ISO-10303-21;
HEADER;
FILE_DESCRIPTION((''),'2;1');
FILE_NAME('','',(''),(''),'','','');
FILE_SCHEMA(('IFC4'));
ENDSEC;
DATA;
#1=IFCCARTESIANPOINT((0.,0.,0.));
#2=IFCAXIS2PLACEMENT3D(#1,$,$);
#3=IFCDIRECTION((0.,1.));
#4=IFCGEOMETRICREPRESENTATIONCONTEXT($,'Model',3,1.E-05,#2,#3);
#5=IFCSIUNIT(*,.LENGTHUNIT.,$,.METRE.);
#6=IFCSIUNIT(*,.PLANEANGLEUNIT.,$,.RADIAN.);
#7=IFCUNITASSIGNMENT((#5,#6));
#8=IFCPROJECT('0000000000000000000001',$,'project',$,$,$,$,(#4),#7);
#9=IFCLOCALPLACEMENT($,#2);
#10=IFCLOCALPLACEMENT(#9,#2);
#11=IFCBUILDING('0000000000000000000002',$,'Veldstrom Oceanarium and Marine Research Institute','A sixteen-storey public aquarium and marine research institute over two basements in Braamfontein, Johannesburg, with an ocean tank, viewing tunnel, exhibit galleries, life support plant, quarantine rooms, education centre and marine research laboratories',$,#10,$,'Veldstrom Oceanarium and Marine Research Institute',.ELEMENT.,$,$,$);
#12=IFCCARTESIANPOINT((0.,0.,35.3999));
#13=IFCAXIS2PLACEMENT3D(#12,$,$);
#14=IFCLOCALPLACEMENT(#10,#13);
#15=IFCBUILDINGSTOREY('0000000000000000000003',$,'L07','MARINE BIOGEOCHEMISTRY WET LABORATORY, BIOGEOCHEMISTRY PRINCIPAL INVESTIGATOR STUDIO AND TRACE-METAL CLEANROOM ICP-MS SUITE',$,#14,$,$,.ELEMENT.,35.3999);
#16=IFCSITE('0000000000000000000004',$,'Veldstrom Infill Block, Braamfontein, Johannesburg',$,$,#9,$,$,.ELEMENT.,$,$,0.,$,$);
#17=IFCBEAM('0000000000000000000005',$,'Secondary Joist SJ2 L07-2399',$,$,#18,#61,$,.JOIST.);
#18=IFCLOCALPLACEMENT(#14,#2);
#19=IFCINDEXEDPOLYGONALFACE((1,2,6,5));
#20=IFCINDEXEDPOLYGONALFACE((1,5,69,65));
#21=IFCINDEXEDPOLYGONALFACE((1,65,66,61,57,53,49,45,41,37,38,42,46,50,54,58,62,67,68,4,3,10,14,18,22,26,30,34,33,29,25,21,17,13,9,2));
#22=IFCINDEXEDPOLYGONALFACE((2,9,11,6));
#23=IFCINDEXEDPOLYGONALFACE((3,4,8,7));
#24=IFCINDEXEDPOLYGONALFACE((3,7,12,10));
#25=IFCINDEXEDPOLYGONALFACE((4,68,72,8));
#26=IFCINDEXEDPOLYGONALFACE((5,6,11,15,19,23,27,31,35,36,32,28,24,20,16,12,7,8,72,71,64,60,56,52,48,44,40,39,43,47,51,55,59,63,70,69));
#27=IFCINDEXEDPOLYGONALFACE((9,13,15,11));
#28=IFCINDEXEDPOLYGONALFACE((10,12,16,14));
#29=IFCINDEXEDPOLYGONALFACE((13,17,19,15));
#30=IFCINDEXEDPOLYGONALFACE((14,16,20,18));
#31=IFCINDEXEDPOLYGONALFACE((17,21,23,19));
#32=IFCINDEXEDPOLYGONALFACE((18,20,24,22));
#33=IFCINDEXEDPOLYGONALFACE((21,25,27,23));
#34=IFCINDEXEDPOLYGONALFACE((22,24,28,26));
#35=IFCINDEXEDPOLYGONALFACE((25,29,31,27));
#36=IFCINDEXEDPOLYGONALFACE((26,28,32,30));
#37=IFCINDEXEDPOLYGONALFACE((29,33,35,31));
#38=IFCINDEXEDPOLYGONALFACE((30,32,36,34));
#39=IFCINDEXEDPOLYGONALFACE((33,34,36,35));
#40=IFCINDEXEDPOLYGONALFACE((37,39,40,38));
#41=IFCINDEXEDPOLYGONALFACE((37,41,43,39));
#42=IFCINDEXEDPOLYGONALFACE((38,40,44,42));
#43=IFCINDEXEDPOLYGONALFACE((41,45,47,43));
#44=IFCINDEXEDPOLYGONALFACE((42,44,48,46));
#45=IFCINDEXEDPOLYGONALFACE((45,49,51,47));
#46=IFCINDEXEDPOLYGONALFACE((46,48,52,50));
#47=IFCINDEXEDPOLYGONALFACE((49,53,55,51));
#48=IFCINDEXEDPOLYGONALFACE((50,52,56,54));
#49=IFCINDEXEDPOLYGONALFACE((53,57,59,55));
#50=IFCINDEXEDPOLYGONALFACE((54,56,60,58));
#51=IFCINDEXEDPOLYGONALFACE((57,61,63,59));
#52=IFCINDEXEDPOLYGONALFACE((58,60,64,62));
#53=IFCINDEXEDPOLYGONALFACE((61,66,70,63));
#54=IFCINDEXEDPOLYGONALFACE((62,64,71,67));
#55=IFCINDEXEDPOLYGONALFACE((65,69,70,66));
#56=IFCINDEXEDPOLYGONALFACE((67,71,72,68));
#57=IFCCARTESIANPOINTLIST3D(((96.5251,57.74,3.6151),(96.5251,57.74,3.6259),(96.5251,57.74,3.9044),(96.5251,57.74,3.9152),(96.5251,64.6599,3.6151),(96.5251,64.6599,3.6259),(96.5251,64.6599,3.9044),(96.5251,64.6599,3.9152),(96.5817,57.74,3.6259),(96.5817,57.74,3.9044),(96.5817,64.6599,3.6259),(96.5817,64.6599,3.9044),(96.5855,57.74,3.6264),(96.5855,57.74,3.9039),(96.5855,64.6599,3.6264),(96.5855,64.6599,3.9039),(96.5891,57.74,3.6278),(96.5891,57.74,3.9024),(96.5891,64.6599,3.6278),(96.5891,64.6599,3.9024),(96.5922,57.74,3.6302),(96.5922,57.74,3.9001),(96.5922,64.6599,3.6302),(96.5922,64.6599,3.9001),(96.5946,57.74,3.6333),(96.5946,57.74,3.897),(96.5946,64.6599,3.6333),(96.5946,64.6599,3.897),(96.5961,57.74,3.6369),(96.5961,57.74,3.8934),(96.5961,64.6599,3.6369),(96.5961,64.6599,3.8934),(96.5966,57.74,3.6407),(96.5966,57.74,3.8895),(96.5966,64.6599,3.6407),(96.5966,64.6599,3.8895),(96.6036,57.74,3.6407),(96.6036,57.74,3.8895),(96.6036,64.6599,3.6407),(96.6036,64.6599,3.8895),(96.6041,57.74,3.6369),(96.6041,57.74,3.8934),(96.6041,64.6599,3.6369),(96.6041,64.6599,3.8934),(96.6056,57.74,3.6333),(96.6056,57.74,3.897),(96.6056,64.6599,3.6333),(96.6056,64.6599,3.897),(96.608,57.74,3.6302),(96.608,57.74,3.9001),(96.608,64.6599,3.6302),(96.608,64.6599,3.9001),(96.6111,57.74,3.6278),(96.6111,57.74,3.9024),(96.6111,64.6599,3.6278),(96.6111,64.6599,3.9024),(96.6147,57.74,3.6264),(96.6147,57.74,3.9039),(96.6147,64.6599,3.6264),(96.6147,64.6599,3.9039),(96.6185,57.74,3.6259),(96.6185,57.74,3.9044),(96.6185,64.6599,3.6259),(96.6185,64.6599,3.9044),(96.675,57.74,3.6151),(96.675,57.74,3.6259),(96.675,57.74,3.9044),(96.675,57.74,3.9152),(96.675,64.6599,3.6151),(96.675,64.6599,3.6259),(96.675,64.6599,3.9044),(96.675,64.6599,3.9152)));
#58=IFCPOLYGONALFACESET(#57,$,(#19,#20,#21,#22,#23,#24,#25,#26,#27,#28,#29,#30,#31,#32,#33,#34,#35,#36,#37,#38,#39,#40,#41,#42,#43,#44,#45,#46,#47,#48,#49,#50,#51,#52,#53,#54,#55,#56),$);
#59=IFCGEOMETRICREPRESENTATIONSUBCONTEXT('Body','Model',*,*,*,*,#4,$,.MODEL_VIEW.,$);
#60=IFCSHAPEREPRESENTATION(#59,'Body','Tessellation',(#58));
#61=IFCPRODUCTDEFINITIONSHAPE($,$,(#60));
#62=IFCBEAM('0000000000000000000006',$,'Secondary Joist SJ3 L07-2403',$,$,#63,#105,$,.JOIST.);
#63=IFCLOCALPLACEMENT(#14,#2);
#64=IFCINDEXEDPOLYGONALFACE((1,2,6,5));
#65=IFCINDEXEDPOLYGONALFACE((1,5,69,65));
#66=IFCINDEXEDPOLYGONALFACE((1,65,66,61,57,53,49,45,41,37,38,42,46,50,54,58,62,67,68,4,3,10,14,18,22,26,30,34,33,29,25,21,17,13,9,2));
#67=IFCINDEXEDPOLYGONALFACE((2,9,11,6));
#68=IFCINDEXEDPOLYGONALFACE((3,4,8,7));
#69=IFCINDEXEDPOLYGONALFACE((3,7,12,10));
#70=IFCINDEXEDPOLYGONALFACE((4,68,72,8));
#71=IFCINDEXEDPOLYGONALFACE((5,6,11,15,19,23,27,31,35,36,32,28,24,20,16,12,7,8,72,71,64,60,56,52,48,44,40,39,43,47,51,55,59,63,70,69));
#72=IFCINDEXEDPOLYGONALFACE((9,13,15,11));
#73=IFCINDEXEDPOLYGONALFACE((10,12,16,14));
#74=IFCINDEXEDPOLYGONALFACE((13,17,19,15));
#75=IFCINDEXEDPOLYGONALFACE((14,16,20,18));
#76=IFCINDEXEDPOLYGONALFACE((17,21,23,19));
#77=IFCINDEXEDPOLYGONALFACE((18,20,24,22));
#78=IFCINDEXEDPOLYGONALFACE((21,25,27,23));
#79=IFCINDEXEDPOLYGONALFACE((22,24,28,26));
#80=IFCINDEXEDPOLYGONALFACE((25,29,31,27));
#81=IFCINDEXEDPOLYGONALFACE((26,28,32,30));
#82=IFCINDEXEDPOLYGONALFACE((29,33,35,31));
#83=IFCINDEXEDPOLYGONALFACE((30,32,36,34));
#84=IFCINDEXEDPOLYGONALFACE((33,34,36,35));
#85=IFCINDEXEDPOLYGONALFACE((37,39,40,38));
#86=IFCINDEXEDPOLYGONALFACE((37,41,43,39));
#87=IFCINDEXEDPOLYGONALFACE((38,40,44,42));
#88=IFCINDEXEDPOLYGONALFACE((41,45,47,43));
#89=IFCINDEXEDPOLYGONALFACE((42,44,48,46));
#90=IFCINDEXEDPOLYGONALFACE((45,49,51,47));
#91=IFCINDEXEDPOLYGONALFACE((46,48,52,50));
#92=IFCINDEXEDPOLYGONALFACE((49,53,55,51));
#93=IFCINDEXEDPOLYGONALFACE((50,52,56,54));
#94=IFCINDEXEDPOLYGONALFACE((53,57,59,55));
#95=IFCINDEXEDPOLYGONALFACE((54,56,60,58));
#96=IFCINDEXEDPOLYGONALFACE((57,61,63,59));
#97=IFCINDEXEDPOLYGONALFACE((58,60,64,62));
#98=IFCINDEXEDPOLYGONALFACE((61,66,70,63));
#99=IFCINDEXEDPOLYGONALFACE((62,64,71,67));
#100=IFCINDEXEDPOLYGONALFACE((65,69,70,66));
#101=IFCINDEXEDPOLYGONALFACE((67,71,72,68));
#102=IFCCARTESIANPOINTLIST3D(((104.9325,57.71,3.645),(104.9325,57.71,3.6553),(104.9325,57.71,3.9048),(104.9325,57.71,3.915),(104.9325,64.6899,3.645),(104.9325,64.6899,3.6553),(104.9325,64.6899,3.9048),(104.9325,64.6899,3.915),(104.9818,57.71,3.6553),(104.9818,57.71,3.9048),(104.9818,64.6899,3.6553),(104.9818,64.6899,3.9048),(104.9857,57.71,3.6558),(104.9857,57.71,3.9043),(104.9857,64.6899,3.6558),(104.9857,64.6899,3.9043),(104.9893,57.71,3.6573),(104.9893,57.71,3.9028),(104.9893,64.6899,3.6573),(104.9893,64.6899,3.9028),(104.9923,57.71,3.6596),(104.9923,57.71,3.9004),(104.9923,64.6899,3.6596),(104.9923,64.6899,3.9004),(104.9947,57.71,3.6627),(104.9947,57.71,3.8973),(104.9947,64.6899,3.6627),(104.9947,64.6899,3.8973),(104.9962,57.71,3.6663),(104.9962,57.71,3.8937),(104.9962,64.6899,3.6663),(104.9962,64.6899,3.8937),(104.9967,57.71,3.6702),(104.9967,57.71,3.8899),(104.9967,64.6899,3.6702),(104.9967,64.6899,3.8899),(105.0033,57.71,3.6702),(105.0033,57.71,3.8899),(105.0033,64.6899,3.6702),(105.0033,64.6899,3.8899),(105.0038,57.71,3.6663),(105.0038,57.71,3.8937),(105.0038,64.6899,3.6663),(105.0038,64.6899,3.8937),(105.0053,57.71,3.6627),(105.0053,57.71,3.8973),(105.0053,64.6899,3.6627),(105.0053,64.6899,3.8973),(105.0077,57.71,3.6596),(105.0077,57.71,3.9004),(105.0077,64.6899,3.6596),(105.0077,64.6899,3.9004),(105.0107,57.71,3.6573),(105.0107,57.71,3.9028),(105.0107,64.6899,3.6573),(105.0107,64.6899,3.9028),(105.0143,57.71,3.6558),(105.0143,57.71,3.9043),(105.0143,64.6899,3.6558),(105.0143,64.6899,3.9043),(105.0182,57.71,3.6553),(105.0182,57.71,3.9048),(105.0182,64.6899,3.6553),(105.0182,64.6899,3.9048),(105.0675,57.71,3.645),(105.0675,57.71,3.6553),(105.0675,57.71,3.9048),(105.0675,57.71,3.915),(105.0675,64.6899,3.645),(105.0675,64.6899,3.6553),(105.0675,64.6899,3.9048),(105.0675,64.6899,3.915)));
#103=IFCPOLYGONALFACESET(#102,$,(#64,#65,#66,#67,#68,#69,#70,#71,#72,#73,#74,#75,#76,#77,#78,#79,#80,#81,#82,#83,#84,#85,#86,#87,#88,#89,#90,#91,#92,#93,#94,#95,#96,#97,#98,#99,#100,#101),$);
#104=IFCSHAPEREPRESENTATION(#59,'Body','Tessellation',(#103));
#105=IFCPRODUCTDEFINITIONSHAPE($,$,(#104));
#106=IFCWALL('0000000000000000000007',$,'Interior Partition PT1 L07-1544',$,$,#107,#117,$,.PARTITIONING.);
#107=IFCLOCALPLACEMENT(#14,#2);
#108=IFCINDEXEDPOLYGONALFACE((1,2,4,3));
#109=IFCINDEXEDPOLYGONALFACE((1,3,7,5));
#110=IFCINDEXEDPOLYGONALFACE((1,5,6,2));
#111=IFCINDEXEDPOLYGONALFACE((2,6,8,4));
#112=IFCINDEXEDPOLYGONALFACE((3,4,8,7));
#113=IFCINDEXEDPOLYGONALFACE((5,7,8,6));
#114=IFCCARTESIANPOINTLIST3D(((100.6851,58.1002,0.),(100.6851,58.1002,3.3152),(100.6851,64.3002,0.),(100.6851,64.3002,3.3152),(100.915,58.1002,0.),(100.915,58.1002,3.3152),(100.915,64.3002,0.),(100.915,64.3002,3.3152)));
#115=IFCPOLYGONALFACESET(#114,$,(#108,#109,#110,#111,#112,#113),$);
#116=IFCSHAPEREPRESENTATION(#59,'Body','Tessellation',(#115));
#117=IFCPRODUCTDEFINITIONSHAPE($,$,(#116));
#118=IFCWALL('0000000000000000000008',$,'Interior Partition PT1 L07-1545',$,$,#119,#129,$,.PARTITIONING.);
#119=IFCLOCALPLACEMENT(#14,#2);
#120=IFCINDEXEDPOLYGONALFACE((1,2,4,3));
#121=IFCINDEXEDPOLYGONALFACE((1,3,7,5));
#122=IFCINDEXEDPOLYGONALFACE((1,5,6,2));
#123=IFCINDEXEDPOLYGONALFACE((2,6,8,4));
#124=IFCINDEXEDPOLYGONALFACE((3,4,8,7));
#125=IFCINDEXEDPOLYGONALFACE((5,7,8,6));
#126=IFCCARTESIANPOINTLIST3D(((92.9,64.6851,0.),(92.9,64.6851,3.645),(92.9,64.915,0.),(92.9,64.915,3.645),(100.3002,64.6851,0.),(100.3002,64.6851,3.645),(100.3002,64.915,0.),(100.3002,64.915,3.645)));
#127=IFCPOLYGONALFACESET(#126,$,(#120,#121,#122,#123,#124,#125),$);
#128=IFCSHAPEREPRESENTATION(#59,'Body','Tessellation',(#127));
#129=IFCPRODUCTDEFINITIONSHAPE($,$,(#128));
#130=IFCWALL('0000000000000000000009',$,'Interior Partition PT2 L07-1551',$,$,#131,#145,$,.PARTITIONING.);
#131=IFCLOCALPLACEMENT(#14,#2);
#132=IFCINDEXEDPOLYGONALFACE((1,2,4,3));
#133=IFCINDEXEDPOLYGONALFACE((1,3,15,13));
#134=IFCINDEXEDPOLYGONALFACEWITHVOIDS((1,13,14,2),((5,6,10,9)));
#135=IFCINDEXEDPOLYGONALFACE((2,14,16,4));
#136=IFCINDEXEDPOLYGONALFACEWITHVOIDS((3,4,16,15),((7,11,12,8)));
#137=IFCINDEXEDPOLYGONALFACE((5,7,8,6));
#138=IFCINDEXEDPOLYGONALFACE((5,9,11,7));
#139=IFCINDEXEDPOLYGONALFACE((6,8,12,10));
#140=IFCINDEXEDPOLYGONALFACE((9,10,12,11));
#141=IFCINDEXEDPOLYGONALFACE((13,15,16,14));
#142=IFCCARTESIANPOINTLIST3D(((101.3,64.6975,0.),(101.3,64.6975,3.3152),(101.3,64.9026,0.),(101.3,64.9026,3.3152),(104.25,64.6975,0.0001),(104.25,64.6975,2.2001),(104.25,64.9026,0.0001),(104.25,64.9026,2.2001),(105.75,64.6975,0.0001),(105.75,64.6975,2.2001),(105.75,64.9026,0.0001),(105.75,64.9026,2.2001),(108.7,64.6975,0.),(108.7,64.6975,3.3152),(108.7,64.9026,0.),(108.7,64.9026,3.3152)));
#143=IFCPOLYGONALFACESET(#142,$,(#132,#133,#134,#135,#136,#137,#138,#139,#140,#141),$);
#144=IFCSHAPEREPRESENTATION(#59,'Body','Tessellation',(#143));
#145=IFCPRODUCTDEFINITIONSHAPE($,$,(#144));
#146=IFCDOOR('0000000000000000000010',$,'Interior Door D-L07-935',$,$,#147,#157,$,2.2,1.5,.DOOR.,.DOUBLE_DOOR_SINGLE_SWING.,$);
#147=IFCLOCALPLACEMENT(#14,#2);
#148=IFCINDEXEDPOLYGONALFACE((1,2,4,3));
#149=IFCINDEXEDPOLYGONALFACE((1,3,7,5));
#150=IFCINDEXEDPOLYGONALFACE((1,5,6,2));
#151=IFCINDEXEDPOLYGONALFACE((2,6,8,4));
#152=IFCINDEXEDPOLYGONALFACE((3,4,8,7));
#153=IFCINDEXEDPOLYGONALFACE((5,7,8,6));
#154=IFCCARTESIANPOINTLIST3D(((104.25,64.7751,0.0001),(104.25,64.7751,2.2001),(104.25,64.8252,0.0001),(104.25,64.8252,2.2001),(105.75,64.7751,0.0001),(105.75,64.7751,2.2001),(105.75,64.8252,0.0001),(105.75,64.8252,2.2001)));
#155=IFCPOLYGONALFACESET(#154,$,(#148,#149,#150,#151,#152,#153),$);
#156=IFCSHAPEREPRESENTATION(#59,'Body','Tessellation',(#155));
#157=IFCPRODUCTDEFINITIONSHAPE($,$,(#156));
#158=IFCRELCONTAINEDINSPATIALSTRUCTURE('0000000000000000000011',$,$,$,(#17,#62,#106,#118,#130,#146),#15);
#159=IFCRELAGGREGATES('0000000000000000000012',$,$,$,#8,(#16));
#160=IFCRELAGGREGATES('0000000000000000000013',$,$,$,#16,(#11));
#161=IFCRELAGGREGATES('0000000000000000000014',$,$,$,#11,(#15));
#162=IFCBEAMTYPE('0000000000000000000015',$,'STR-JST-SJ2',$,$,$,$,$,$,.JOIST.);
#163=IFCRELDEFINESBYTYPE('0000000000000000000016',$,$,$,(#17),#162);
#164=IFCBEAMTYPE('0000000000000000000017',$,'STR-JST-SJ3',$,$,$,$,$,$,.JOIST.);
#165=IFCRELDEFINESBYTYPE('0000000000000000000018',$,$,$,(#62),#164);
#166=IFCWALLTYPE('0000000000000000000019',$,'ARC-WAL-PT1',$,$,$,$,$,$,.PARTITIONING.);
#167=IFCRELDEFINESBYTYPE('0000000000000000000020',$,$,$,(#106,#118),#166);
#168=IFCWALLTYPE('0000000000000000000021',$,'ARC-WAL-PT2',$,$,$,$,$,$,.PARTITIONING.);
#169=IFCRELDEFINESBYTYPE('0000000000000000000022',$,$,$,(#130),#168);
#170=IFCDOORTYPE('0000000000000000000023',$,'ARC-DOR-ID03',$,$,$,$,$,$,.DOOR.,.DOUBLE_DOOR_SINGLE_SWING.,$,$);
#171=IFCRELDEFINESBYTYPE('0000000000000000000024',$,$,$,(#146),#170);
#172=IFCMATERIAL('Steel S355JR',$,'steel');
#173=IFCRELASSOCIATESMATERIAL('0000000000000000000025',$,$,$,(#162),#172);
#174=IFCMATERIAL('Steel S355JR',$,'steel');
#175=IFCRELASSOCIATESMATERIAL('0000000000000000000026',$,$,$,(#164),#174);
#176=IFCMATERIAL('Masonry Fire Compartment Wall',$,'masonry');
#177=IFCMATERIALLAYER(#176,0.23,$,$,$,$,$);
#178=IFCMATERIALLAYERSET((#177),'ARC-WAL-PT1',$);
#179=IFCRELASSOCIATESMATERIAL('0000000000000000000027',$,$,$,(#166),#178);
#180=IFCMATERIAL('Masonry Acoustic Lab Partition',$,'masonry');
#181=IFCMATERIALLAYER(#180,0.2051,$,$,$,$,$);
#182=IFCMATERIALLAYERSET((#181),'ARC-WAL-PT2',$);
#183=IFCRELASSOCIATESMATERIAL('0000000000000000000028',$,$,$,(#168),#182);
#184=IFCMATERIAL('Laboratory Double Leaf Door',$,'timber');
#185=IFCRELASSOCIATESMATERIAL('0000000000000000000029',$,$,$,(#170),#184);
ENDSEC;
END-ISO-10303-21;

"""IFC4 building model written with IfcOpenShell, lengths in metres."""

from ifc_helpers import new_model, si_unit, direction, frame, frame_2d, origin, origin_2d, place, context, subcontext, project, spatial, rectangle, i_section, extrude, material, layer, layer_set, material_profile, profile_set, type_object, element, fill, save


model = new_model("IFC4")

# Units and contexts
model_context = context("Model", 3, precision=1e-05, world=origin(), true_north=direction((0.0, 1.0)))
body_context = subcontext(model_context, "Body", "Model", "MODEL_VIEW")
ifc_project = project(units=[si_unit("LENGTHUNIT", "METRE"), si_unit("PLANEANGLEUNIT", "RADIAN")], contexts=[model_context])

# Site, building, storey
site_placement = place(None, origin())
site = spatial("IfcSite", under=ifc_project, at=site_placement, Name="Veldstrom Infill Block, Braamfontein, Johannesburg", CompositionType="ELEMENT", RefElevation=0.0)
building_placement = place(site_placement, origin())
building = spatial("IfcBuilding", under=site, at=building_placement, Name="Veldstrom Oceanarium and Marine Research Institute", Description="A sixteen-storey public aquarium and marine research institute over two basements in Braamfontein, Johannesburg, with an ocean tank, viewing tunnel, exhibit galleries, life support plant, quarantine rooms, education centre and marine research laboratories", LongName="Veldstrom Oceanarium and Marine Research Institute", CompositionType="ELEMENT")
storey_placement = place(building_placement, frame((0.0, 0.0, 35.3999)))
storey = spatial("IfcBuildingStorey", under=building, at=storey_placement, Name="L07", Description="MARINE BIOGEOCHEMISTRY WET LABORATORY, BIOGEOCHEMISTRY PRINCIPAL INVESTIGATOR STUDIO AND TRACE-METAL CLEANROOM ICP-MS SUITE", CompositionType="ELEMENT", Elevation=35.3999)

# Beams
ifc_material_1 = material(Name="Steel S355JR", Category="steel")
ifc_material_profile_1 = material_profile(ifc_material_1, i_section(OverallWidth=0.1499, OverallDepth=0.3, WebThickness=0.0071, FlangeThickness=0.0107, FilletRadius=0.0149, at=origin_2d()), Name="IPE 300")
ifc_profile_set_1 = profile_set([ifc_material_profile_1], Name="Steel S355JR")
beam_type_1 = type_object("IfcBeamType", Name="STR-JST-SJ2", PredefinedType="JOIST", material=ifc_profile_set_1)
beam_1_placement = place(storey_placement, frame((96.6001, 57.74, 3.7651), z_axis=(0.0, 1.0, 0.0), x_axis=(-1.0, 0.0, 0.0)))
element("IfcBeam", 1, at=beam_1_placement, inside=storey, type_object=beam_type_1, Name="Secondary Joist SJ2 L07-2399", PredefinedType="JOIST", context=body_context, shape_type="SweptSolid", body=[
    extrude(i_section(OverallWidth=0.1499, OverallDepth=0.3, WebThickness=0.0071, FlangeThickness=0.0107, FilletRadius=0.0149, at=origin_2d()), origin(), (0.0, 0.0, 1.0), 6.9199),
])
ifc_material_2 = material(Name="Steel S355JR", Category="steel")
ifc_material_profile_2 = material_profile(ifc_material_2, i_section(OverallWidth=0.135, OverallDepth=0.27, WebThickness=0.0066, FlangeThickness=0.0103, FilletRadius=0.0149, at=origin_2d()), Name="IPE 270")
ifc_profile_set_2 = profile_set([ifc_material_profile_2], Name="Steel S355JR")
beam_type_2 = type_object("IfcBeamType", Name="STR-JST-SJ3", PredefinedType="JOIST", material=ifc_profile_set_2)
beam_2_placement = place(storey_placement, frame((105.0, 57.71, 3.78), z_axis=(0.0, 1.0, 0.0), x_axis=(-1.0, 0.0, 0.0)))
element("IfcBeam", 2, at=beam_2_placement, inside=storey, type_object=beam_type_2, Name="Secondary Joist SJ3 L07-2403", PredefinedType="JOIST", context=body_context, shape_type="SweptSolid", body=[
    extrude(i_section(OverallWidth=0.135, OverallDepth=0.27, WebThickness=0.0066, FlangeThickness=0.0103, FilletRadius=0.0149, at=origin_2d()), origin(), (0.0, 0.0, 1.0), 6.98),
])

# Shared definitions
ifc_material_3 = material(Name="Masonry Fire Compartment Wall", Category="masonry")
ifc_layer_1 = layer(ifc_material_3, 0.23)
ifc_layer_set_1 = layer_set([ifc_layer_1], Name="ARC-WAL-PT1")
wall_type_1 = type_object("IfcWallType", Name="ARC-WAL-PT1", PredefinedType="PARTITIONING", material=ifc_layer_set_1)

# Walls
wall_1_placement = place(storey_placement, frame((100.8, 58.1001, 0.0), z_axis=(0.0, 0.0, 1.0), x_axis=(0.0, 1.0, 0.0)))
element("IfcWall", 3, at=wall_1_placement, inside=storey, type_object=wall_type_1, Name="Interior Partition PT1 L07-1544", PredefinedType="PARTITIONING", context=body_context, shape_type="SweptSolid", body=[
    extrude(rectangle(XDim=6.2, YDim=0.23, at=frame_2d((3.1001, 0.0))), origin(), (0.0, 0.0, 1.0), 3.3152),
])
wall_2_placement = place(storey_placement, frame((92.8999, 64.8, 0.0), z_axis=(0.0, 0.0, 1.0), x_axis=(1.0, 0.0, 0.0)))
element("IfcWall", 4, at=wall_2_placement, inside=storey, type_object=wall_type_1, Name="Interior Partition PT1 L07-1545", PredefinedType="PARTITIONING", context=body_context, shape_type="SweptSolid", body=[
    extrude(rectangle(XDim=7.4001, YDim=0.23, at=frame_2d((3.7002, 0.0))), origin(), (0.0, 0.0, 1.0), 3.645),
])

# Wall, opening, door
ifc_material_4 = material(Name="Masonry Acoustic Lab Partition", Category="masonry")
ifc_layer_2 = layer(ifc_material_4, 0.2051)
ifc_layer_set_2 = layer_set([ifc_layer_2], Name="ARC-WAL-PT2")
wall_type_2 = type_object("IfcWallType", Name="ARC-WAL-PT2", PredefinedType="PARTITIONING", material=ifc_layer_set_2)
wall_3_placement = place(storey_placement, frame((101.3, 64.8, 0.0), z_axis=(0.0, 0.0, 1.0), x_axis=(1.0, 0.0, 0.0)))
wall_3 = element("IfcWall", 5, at=wall_3_placement, inside=storey, type_object=wall_type_2, Name="Interior Partition PT2 L07-1551", PredefinedType="PARTITIONING", context=body_context, shape_type="SweptSolid", body=[
    extrude(rectangle(XDim=7.3999, YDim=0.2051, at=frame_2d((3.7, 0.0))), origin(), (0.0, 0.0, 1.0), 3.3152),
])
opening_1_placement = place(wall_3_placement, frame((2.95, 0.0, 0.0)))
opening_1 = element("IfcOpeningElement", 6, at=opening_1_placement, cuts=wall_3, PredefinedType="OPENING", context=body_context, shape_type="SweptSolid", body=[
    extrude(rectangle(XDim=1.5, YDim=2.2, at=frame_2d((0.75, 1.1001))), frame((0.0, 0.1125, 0.0), z_axis=(0.0, -1.0, 0.0), x_axis=(1.0, 0.0, 0.0)), (0.0, 0.0, 1.0), 0.2251),
])
ifc_material_5 = material(Name="Laboratory Double Leaf Door", Category="timber")
door_type_1 = type_object("IfcDoorType", Name="ARC-DOR-ID03", OperationType="DOUBLE_DOOR_SINGLE_SWING", PredefinedType="DOOR", material=ifc_material_5)
door_1_placement = place(opening_1_placement, frame((1.5, 0.0, 0.0), z_axis=(0.0, 0.0, 1.0), x_axis=(-1.0, 0.0, 0.0)))
door_1 = element("IfcDoor", 7, at=door_1_placement, inside=storey, type_object=door_type_1, Name="Interior Door D-L07-935", OperationType="DOUBLE_DOOR_SINGLE_SWING", OverallHeight=2.2, OverallWidth=1.5, PredefinedType="DOOR", context=body_context, shape_type="SweptSolid", body=[
    extrude(rectangle(XDim=1.5, YDim=2.2, at=frame_2d((0.75, 1.1001))), frame((0.0, 0.0249, 0.0), z_axis=(0.0, -1.0, 0.0), x_axis=(1.0, 0.0, 0.0)), (0.0, 0.0, 1.0), 0.05),
])
fill(opening_1, door_1)

save(model, "model.ifc")
